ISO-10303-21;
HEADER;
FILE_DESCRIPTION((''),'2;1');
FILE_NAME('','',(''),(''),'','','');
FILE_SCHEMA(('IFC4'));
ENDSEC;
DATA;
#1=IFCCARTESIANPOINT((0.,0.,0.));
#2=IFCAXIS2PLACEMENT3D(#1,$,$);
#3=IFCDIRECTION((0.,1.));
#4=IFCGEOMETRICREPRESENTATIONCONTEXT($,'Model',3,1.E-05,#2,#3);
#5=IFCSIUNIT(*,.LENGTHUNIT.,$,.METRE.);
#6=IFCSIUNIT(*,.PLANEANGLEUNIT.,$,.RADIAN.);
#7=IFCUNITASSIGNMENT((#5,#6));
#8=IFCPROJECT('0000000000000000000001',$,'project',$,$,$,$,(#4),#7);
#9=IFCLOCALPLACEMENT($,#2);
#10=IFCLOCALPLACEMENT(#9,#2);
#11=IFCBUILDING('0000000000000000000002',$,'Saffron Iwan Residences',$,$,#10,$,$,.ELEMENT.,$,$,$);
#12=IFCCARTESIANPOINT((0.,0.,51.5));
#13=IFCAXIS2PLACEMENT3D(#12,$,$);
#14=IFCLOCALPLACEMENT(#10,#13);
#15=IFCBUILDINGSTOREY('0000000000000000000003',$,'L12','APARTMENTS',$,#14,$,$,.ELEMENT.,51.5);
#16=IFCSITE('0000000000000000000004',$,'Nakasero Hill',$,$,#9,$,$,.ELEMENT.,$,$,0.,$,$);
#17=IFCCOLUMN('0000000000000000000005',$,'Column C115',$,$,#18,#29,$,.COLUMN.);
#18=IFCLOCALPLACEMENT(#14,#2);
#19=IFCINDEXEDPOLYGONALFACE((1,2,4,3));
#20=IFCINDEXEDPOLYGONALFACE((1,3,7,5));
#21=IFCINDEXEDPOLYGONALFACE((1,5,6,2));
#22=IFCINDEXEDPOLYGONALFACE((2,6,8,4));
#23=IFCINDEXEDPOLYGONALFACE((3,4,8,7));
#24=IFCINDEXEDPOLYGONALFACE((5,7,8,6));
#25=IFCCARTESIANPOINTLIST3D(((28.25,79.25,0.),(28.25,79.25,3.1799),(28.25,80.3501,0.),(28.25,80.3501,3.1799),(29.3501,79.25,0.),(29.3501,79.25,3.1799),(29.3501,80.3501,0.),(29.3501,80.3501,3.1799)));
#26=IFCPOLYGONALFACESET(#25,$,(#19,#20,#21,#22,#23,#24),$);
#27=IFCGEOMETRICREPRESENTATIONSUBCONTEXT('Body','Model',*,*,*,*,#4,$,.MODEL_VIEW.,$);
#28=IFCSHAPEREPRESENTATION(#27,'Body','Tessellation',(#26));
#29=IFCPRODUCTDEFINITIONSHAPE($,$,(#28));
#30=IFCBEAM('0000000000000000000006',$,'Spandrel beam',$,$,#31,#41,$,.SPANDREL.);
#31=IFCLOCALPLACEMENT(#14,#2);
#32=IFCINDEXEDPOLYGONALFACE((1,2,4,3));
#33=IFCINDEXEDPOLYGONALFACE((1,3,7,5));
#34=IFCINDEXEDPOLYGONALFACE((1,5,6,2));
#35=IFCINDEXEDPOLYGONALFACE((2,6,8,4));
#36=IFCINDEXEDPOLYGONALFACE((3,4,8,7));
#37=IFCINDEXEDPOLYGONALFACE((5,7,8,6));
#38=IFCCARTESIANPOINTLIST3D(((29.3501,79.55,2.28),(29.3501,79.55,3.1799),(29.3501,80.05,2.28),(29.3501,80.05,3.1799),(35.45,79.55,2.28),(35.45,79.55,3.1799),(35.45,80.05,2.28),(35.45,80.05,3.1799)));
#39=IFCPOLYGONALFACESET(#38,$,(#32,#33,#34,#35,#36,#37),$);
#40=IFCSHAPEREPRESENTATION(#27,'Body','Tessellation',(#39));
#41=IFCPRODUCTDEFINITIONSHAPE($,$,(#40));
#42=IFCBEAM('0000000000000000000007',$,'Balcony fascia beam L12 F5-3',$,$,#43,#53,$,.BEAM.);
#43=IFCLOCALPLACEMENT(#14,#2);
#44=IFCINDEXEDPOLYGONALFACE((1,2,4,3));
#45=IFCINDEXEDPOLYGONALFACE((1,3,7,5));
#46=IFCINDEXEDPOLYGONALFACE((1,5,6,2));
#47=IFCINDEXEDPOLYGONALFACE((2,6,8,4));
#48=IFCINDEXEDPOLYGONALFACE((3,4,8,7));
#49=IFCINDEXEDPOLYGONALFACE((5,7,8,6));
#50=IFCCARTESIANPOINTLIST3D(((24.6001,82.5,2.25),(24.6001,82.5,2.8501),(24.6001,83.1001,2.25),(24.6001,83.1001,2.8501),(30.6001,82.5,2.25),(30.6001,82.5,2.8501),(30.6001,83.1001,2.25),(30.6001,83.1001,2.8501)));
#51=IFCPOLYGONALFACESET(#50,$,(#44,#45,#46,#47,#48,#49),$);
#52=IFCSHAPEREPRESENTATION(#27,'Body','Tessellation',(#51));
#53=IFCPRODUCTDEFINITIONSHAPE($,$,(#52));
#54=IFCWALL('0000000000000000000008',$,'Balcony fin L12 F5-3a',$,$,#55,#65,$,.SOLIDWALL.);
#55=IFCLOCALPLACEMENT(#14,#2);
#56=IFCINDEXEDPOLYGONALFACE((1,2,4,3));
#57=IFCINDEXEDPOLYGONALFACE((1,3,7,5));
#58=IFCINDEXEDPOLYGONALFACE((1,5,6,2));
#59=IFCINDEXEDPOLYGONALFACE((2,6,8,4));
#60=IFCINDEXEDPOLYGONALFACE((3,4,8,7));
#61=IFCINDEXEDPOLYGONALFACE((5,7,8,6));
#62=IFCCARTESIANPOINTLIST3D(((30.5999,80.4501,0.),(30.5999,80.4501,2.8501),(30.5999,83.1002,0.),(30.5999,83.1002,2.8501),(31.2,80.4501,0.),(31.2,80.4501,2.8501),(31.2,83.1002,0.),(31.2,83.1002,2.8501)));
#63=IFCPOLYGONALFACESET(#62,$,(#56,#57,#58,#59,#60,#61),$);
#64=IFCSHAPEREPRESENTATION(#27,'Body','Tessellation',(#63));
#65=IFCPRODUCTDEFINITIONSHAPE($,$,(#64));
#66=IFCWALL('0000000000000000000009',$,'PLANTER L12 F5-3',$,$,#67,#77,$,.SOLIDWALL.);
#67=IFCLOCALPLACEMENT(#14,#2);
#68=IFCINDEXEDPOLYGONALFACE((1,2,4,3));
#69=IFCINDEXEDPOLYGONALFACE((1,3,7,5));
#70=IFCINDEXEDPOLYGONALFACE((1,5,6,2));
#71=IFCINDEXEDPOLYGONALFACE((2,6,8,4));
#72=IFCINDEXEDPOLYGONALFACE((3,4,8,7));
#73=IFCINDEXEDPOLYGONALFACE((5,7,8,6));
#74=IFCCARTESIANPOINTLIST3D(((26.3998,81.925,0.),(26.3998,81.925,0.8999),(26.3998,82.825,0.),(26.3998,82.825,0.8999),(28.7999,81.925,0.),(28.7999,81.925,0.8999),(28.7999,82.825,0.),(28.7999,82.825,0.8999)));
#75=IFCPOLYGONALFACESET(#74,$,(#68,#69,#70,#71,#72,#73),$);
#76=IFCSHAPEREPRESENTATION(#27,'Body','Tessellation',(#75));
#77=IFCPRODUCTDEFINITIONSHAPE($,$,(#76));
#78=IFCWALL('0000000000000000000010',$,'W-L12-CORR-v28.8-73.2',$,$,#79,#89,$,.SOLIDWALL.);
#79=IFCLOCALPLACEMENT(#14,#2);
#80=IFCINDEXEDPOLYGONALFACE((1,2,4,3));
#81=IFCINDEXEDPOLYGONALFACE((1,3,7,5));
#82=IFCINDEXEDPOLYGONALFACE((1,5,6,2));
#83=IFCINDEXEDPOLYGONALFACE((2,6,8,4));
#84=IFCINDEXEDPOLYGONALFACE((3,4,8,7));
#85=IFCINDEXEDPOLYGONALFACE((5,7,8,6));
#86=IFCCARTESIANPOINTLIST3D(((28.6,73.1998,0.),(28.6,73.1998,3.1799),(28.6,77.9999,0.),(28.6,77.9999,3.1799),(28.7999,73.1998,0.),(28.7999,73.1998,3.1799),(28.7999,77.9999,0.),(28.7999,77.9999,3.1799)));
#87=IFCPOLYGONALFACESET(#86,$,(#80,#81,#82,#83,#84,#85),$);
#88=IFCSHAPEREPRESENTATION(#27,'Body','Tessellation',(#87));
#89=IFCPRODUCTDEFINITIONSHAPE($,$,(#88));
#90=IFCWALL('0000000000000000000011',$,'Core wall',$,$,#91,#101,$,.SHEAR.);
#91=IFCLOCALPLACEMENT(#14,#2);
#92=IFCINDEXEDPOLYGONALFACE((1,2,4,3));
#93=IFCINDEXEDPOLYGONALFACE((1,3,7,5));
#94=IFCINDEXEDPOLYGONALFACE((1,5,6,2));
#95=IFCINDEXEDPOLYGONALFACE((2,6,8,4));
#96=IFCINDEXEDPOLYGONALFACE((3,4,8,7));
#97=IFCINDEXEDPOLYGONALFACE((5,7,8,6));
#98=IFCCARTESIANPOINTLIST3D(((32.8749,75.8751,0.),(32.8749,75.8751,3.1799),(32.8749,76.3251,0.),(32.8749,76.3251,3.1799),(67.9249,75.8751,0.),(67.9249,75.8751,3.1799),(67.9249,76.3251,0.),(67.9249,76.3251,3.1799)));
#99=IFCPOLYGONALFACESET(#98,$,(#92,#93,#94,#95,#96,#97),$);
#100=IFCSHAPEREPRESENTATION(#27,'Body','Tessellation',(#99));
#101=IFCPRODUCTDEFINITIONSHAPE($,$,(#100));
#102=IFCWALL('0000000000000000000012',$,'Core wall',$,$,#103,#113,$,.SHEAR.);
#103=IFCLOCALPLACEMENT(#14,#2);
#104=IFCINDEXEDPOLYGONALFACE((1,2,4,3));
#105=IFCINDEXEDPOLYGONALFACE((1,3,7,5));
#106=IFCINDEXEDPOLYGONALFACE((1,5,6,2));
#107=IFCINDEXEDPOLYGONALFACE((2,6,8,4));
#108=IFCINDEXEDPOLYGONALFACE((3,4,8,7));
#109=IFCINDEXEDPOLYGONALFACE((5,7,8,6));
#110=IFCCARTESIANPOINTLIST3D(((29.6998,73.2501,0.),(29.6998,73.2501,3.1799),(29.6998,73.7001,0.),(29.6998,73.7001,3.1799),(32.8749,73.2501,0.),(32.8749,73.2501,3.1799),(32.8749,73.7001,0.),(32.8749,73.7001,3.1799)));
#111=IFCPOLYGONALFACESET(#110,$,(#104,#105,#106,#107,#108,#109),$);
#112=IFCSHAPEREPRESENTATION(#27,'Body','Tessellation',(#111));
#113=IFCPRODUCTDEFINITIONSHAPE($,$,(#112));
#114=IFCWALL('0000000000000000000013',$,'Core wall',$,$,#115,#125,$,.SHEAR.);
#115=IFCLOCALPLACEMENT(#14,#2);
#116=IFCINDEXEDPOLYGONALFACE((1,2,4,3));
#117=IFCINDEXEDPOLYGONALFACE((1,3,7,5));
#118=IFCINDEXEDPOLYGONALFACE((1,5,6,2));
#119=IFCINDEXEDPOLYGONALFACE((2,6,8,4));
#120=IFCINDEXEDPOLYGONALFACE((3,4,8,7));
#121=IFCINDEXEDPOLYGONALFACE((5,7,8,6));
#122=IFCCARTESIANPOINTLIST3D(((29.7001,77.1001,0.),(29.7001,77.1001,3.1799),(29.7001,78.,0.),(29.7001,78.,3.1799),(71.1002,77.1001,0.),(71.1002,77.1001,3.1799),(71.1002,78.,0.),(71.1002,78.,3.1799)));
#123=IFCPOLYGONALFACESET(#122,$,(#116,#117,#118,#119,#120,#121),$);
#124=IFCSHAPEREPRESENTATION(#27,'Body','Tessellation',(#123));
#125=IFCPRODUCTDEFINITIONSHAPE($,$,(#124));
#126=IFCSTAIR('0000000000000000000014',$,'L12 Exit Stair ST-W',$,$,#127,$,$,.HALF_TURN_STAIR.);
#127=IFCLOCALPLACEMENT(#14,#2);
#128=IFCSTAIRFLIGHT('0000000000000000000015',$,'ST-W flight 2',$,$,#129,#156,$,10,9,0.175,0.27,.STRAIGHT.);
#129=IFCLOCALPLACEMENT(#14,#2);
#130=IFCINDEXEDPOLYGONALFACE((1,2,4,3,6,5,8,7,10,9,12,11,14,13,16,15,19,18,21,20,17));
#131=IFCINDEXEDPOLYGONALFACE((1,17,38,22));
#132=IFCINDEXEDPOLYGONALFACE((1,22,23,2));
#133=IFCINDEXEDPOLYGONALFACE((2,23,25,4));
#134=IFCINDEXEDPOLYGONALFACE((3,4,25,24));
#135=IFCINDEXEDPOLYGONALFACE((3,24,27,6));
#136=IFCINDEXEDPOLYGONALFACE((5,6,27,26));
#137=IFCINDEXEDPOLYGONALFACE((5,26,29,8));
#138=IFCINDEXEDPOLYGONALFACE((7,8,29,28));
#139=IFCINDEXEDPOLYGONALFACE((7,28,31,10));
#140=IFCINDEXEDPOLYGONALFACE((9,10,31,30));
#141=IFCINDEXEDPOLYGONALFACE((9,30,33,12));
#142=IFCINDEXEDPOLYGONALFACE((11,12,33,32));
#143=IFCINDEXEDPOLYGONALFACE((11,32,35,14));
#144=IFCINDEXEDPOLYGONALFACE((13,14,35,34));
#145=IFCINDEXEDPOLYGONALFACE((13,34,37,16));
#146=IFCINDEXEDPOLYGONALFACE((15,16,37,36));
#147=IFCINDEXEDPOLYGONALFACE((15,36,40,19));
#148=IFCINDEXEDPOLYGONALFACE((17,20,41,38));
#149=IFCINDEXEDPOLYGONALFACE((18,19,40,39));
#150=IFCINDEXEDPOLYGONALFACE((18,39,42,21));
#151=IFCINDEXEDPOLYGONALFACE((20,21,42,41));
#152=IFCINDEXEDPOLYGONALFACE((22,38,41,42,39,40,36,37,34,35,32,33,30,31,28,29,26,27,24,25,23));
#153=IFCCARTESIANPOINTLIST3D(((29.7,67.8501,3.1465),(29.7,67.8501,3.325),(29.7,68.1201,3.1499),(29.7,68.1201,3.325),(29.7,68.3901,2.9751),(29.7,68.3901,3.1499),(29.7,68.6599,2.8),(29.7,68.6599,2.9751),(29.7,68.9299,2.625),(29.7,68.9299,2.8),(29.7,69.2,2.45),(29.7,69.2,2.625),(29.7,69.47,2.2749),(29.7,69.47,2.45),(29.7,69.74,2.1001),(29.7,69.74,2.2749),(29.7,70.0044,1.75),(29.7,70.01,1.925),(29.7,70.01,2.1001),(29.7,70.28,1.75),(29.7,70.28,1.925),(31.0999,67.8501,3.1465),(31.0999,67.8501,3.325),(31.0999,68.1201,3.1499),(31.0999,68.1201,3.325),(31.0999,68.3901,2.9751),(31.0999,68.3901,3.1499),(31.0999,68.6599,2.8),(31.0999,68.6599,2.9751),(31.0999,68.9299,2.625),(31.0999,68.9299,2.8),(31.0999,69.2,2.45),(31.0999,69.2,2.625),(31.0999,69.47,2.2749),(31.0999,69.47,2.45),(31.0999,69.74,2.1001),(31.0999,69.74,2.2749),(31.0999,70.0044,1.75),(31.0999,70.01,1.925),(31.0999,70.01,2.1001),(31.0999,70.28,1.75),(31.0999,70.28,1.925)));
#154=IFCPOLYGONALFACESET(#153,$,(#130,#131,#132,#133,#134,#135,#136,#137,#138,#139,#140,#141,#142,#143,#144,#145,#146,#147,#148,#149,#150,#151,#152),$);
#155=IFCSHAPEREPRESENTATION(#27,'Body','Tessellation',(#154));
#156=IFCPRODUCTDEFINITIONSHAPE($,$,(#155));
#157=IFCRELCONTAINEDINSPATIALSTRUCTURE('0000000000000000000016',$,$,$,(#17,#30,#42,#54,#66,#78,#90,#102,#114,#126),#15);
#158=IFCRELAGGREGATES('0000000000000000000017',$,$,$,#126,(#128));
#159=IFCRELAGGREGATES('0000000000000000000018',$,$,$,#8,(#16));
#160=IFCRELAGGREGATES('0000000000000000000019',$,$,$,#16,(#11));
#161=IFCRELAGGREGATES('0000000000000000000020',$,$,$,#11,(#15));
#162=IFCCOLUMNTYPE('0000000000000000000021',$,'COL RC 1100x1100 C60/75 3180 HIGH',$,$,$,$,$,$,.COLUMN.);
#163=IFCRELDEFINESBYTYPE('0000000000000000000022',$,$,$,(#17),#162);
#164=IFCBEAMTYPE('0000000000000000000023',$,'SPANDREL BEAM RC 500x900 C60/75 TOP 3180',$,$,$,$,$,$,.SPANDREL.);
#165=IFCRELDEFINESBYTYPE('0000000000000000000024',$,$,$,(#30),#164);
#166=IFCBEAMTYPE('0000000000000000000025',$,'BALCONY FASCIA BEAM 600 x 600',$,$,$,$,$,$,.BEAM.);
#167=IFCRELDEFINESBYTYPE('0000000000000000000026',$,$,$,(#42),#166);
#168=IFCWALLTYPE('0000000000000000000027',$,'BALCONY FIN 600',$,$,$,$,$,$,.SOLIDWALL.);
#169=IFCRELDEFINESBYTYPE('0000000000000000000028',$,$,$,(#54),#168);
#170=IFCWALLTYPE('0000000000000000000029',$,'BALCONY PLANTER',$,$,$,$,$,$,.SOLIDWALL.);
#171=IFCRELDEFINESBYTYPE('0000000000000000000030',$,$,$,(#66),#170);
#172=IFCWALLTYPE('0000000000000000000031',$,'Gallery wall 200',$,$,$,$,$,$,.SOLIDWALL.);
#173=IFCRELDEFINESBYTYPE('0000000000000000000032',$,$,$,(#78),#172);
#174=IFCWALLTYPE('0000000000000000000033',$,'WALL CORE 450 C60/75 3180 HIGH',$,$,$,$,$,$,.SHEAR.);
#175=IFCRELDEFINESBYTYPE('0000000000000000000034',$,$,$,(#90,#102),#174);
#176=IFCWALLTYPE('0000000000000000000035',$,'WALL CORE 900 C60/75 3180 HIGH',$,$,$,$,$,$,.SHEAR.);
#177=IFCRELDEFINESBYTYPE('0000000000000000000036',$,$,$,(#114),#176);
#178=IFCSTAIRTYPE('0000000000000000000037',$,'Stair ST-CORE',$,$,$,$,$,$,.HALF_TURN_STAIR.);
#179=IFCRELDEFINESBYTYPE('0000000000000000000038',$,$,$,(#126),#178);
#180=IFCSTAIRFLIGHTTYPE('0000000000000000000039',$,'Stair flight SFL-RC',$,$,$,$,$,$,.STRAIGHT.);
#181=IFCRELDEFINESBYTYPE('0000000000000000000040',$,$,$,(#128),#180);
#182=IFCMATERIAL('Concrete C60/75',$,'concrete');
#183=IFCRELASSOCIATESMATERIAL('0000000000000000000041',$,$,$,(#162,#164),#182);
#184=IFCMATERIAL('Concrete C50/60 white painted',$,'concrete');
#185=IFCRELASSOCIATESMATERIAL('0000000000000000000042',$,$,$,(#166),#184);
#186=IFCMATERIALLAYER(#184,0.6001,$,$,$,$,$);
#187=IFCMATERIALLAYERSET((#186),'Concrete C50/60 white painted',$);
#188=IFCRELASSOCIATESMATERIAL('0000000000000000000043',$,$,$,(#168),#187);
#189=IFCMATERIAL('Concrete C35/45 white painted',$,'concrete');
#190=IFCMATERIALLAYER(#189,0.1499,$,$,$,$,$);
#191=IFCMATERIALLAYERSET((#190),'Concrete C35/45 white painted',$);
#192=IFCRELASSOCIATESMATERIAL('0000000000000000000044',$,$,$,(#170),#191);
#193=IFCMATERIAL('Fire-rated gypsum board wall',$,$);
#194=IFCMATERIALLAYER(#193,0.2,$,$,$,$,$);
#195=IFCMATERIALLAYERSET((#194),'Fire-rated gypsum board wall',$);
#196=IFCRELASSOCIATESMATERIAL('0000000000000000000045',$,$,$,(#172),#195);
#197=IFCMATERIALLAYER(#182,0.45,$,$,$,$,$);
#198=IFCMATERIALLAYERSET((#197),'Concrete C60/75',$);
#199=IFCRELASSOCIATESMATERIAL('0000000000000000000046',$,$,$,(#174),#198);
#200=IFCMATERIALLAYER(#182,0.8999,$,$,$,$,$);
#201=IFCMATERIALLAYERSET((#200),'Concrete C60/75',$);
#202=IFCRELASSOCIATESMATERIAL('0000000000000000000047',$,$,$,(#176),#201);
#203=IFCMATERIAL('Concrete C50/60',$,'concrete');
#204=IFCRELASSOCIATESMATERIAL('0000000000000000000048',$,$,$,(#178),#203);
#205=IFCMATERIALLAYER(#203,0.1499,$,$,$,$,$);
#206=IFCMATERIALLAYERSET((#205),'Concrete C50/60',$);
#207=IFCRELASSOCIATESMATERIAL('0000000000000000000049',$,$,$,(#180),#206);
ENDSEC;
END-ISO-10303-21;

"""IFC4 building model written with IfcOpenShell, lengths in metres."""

from ifc_helpers import new_model, si_unit, direction, frame, frame_2d, origin, origin_2d, place, context, subcontext, project, spatial, polyline, rectangle, outline, extrude, source, transform, mapped, material, layer, layer_set, material_profile, profile_set, type_object, element, aggregate, save


model = new_model("IFC4")

# Units and contexts
model_context = context("Model", 3, precision=1e-05, world=origin(), true_north=direction((0.0, 1.0)))
body_context = subcontext(model_context, "Body", "Model", "MODEL_VIEW")
ifc_project = project(units=[si_unit("LENGTHUNIT", "METRE"), si_unit("PLANEANGLEUNIT", "RADIAN")], contexts=[model_context])

# Site, building, storey
site_placement = place(None, origin())
site = spatial("IfcSite", under=ifc_project, at=site_placement, Name="Nakasero Hill", CompositionType="ELEMENT", RefElevation=0.0)
building_placement = place(site_placement, origin())
building = spatial("IfcBuilding", under=site, at=building_placement, Name="Saffron Iwan Residences", CompositionType="ELEMENT")
storey_placement = place(building_placement, frame((0.0, 0.0, 51.5)))
storey = spatial("IfcBuildingStorey", under=building, at=storey_placement, Name="L12", Description="APARTMENTS", CompositionType="ELEMENT", Elevation=51.5)

# Column
ifc_material_1 = material(Name="Concrete C60/75", Category="concrete")
ifc_material_profile_1 = material_profile(ifc_material_1, rectangle(XDim=1.1001, YDim=1.1001, at=origin_2d()), Name="RC 1100x1100")
ifc_profile_set_1 = profile_set([ifc_material_profile_1], Name="Concrete C60/75")
column_type = type_object("IfcColumnType", Name="COL RC 1100x1100 C60/75 3180 HIGH", PredefinedType="COLUMN", material=ifc_profile_set_1)
shared_shape_1 = source(origin(), body_context, "Body", "SweptSolid", [
    extrude(rectangle(XDim=1.1001, YDim=1.1001, at=origin_2d()), origin(), (0.0, 0.0, 1.0), 3.1799),
])
column_placement = place(storey_placement, frame((28.8, 79.8, 0.0), z_axis=(0.0, 0.0, 1.0), x_axis=(1.0, 0.0, 0.0)))
element("IfcColumn", 1, at=column_placement, inside=storey, type_object=column_type, Name="Column C115", PredefinedType="COLUMN", context=body_context, shape_type="MappedRepresentation", body=[
    mapped(shared_shape_1, transform((0.0, 0.0, 0.0))),
])

# Beams
ifc_material_profile_2 = material_profile(ifc_material_1, rectangle(XDim=0.5, YDim=0.8999, at=origin_2d()), Name="RC 500x900")
ifc_profile_set_2 = profile_set([ifc_material_profile_2], Name="Concrete C60/75")
beam_type_1 = type_object("IfcBeamType", Name="SPANDREL BEAM RC 500x900 C60/75 TOP 3180", PredefinedType="SPANDREL", material=ifc_profile_set_2)
shared_shape_2 = source(origin(), body_context, "Body", "SweptSolid", [
    extrude(rectangle(XDim=0.5, YDim=0.8999, at=origin_2d()), origin(), (0.0, 0.0, 1.0), 6.0999),
])
beam_1_placement = place(storey_placement, frame((29.3501, 79.8, 2.73), z_axis=(1.0, 0.0, 0.0), x_axis=(0.0, 1.0, 0.0)))
element("IfcBeam", 2, at=beam_1_placement, inside=storey, type_object=beam_type_1, Name="Spandrel beam", PredefinedType="SPANDREL", context=body_context, shape_type="MappedRepresentation", body=[
    mapped(shared_shape_2, transform((0.0, 0.0, 0.0))),
])
ifc_material_2 = material(Name="Concrete C50/60 white painted", Category="concrete")
ifc_material_profile_3 = material_profile(ifc_material_2, rectangle(XDim=0.6001, YDim=0.6001, at=origin_2d()), Name="BALCONY FASCIA BEAM 600 x 600")
ifc_profile_set_3 = profile_set([ifc_material_profile_3], Name="Concrete C50/60 white painted")
beam_type_2 = type_object("IfcBeamType", Name="BALCONY FASCIA BEAM 600 x 600", PredefinedType="BEAM", material=ifc_profile_set_3)
shared_shape_3 = source(origin(), body_context, "Body", "SweptSolid", [
    extrude(rectangle(XDim=0.6001, YDim=0.6001, at=origin_2d()), origin(), (0.0, 0.0, 1.0), 6.0),
])
beam_2_placement = place(storey_placement, frame((30.6001, 82.8, 2.55), z_axis=(-1.0, 0.0, 0.0), x_axis=(0.0, -1.0, 0.0)))
element("IfcBeam", 3, at=beam_2_placement, inside=storey, type_object=beam_type_2, Name="Balcony fascia beam L12 F5-3", PredefinedType="BEAM", context=body_context, shape_type="MappedRepresentation", body=[
    mapped(shared_shape_3, transform((0.0, 0.0, 0.0))),
])

# Walls
ifc_layer_1 = layer(ifc_material_2, 0.6001)
ifc_layer_set_1 = layer_set([ifc_layer_1], Name="Concrete C50/60 white painted")
wall_type_1 = type_object("IfcWallType", Name="BALCONY FIN 600", PredefinedType="SOLIDWALL", material=ifc_layer_set_1)
wall_1_placement = place(storey_placement, frame((30.8999, 80.45, 0.0), z_axis=(0.0, 0.0, 1.0), x_axis=(0.0, 1.0, 0.0)))
element("IfcWall", 4, at=wall_1_placement, inside=storey, type_object=wall_type_1, Name="Balcony fin L12 F5-3a", PredefinedType="SOLIDWALL", context=body_context, shape_type="SweptSolid", body=[
    extrude(rectangle(XDim=2.6501, YDim=0.6001, at=frame_2d((1.3252, 0.0))), origin(), (0.0, 0.0, 1.0), 2.8501),
])
ifc_material_3 = material(Name="Concrete C35/45 white painted", Category="concrete")
ifc_layer_2 = layer(ifc_material_3, 0.1499)
ifc_layer_set_2 = layer_set([ifc_layer_2], Name="Concrete C35/45 white painted")
wall_type_2 = type_object("IfcWallType", Name="BALCONY PLANTER", PredefinedType="SOLIDWALL", material=ifc_layer_set_2)
wall_2_placement = place(storey_placement, frame((28.8, 82.375, 0.0), z_axis=(0.0, 0.0, 1.0), x_axis=(-1.0, 0.0, 0.0)))
element("IfcWall", 5, at=wall_2_placement, inside=storey, type_object=wall_type_2, Name="PLANTER L12 F5-3", PredefinedType="SOLIDWALL", context=body_context, shape_type="SweptSolid", body=[
    extrude(rectangle(XDim=2.4001, YDim=0.8999, at=frame_2d((1.2002, 0.0))), origin(), (0.0, 0.0, 1.0), 0.8999),
])
ifc_material_4 = material(Name="Fire-rated gypsum board wall")
ifc_layer_3 = layer(ifc_material_4, 0.2)
ifc_layer_set_3 = layer_set([ifc_layer_3], Name="Fire-rated gypsum board wall")
wall_type_3 = type_object("IfcWallType", Name="Gallery wall 200", PredefinedType="SOLIDWALL", material=ifc_layer_set_3)
wall_3_placement = place(storey_placement, frame((28.7, 73.2, 0.0), z_axis=(0.0, 0.0, 1.0), x_axis=(0.0, 1.0, 0.0)))
element("IfcWall", 6, at=wall_3_placement, inside=storey, type_object=wall_type_3, Name="W-L12-CORR-v28.8-73.2", PredefinedType="SOLIDWALL", context=body_context, shape_type="SweptSolid", body=[
    extrude(rectangle(XDim=4.8, YDim=0.2, at=frame_2d((2.3999, 0.0))), origin(), (0.0, 0.0, 1.0), 3.1799),
])

# Shared definitions
ifc_layer_4 = layer(ifc_material_1, 0.45)
ifc_layer_set_4 = layer_set([ifc_layer_4], Name="Concrete C60/75")
wall_type_4 = type_object("IfcWallType", Name="WALL CORE 450 C60/75 3180 HIGH", PredefinedType="SHEAR", material=ifc_layer_set_4)

# Walls
wall_4_placement = place(storey_placement, frame((32.875, 76.1001, 0.0), z_axis=(0.0, 0.0, 1.0), x_axis=(1.0, 0.0, 0.0)))
element("IfcWall", 7, at=wall_4_placement, inside=storey, type_object=wall_type_4, Name="Core wall", PredefinedType="SHEAR", context=body_context, shape_type="SweptSolid", body=[
    extrude(rectangle(XDim=35.05, YDim=0.45, at=frame_2d((17.5249, 0.0))), origin(), (0.0, 0.0, 1.0), 3.1799),
])
wall_5_placement = place(storey_placement, frame((29.7, 73.4751, 0.0), z_axis=(0.0, 0.0, 1.0), x_axis=(1.0, 0.0, 0.0)))
element("IfcWall", 8, at=wall_5_placement, inside=storey, type_object=wall_type_4, Name="Core wall", PredefinedType="SHEAR", context=body_context, shape_type="SweptSolid", body=[
    extrude(rectangle(XDim=3.175, YDim=0.45, at=frame_2d((1.5874, 0.0))), origin(), (0.0, 0.0, 1.0), 3.1799),
])
ifc_layer_5 = layer(ifc_material_1, 0.8999)
ifc_layer_set_5 = layer_set([ifc_layer_5], Name="Concrete C60/75")
wall_type_5 = type_object("IfcWallType", Name="WALL CORE 900 C60/75 3180 HIGH", PredefinedType="SHEAR", material=ifc_layer_set_5)
wall_6_placement = place(storey_placement, frame((29.7, 77.55, 0.0), z_axis=(0.0, 0.0, 1.0), x_axis=(1.0, 0.0, 0.0)))
element("IfcWall", 9, at=wall_6_placement, inside=storey, type_object=wall_type_5, Name="Core wall", PredefinedType="SHEAR", context=body_context, shape_type="SweptSolid", body=[
    extrude(rectangle(XDim=41.4001, YDim=0.8999, at=frame_2d((20.7002, 0.0))), origin(), (0.0, 0.0, 1.0), 3.1799),
])

# Stair, stair flight
ifc_material_5 = material(Name="Concrete C50/60", Category="concrete")
stair_type = type_object("IfcStairType", Name="Stair ST-CORE", PredefinedType="HALF_TURN_STAIR", material=ifc_material_5)
stair_placement = place(storey_placement, origin())
stair = element("IfcStair", 10, at=stair_placement, inside=storey, type_object=stair_type, Name="L12 Exit Stair ST-W", PredefinedType="HALF_TURN_STAIR")
ifc_layer_6 = layer(ifc_material_5, 0.1499)
ifc_layer_set_6 = layer_set([ifc_layer_6], Name="Concrete C50/60")
stair_flight_type = type_object("IfcStairFlightType", Name="Stair flight SFL-RC", PredefinedType="STRAIGHT", material=ifc_layer_set_6)
stair_flight_placement = place(storey_placement, frame((30.3999, 70.28, 1.75), z_axis=(0.0, 0.0, 1.0), x_axis=(0.0, -1.0, 0.0)))
stair_flight = element("IfcStairFlight", 11, at=stair_flight_placement, type_object=stair_flight_type, Name="ST-W flight 2", NumberOfRisers=10, NumberOfTreads=9, PredefinedType="STRAIGHT", RiserHeight=0.175, TreadLength=0.27, context=body_context, shape_type="SweptSolid", body=[
    extrude(outline(polyline([(0.0, 0.0), (0.0, 0.175), (0.27, 0.175), (0.27, 0.3501), (0.54, 0.3501), (0.54, 0.5249), (0.8101, 0.5249), (0.8101, 0.7), (1.0801, 0.7), (1.0801, 0.875), (1.3501, 0.875), (1.3501, 1.05), (1.6201, 1.05), (1.6201, 1.2251), (1.8899, 1.2251), (1.8899, 1.3999), (2.1599, 1.3999), (2.1599, 1.575), (2.4299, 1.575), (2.4299, 1.75), (2.4299, 1.3965), (0.2756, 0.0), (0.0, 0.0)])), frame((0.0, 0.7, 0.0), z_axis=(0.0, -1.0, 0.0), x_axis=(1.0, 0.0, 0.0)), (0.0, 0.0, 1.0), 1.3999),
])
aggregate(stair, [stair_flight])

save(model, "model.ifc")
